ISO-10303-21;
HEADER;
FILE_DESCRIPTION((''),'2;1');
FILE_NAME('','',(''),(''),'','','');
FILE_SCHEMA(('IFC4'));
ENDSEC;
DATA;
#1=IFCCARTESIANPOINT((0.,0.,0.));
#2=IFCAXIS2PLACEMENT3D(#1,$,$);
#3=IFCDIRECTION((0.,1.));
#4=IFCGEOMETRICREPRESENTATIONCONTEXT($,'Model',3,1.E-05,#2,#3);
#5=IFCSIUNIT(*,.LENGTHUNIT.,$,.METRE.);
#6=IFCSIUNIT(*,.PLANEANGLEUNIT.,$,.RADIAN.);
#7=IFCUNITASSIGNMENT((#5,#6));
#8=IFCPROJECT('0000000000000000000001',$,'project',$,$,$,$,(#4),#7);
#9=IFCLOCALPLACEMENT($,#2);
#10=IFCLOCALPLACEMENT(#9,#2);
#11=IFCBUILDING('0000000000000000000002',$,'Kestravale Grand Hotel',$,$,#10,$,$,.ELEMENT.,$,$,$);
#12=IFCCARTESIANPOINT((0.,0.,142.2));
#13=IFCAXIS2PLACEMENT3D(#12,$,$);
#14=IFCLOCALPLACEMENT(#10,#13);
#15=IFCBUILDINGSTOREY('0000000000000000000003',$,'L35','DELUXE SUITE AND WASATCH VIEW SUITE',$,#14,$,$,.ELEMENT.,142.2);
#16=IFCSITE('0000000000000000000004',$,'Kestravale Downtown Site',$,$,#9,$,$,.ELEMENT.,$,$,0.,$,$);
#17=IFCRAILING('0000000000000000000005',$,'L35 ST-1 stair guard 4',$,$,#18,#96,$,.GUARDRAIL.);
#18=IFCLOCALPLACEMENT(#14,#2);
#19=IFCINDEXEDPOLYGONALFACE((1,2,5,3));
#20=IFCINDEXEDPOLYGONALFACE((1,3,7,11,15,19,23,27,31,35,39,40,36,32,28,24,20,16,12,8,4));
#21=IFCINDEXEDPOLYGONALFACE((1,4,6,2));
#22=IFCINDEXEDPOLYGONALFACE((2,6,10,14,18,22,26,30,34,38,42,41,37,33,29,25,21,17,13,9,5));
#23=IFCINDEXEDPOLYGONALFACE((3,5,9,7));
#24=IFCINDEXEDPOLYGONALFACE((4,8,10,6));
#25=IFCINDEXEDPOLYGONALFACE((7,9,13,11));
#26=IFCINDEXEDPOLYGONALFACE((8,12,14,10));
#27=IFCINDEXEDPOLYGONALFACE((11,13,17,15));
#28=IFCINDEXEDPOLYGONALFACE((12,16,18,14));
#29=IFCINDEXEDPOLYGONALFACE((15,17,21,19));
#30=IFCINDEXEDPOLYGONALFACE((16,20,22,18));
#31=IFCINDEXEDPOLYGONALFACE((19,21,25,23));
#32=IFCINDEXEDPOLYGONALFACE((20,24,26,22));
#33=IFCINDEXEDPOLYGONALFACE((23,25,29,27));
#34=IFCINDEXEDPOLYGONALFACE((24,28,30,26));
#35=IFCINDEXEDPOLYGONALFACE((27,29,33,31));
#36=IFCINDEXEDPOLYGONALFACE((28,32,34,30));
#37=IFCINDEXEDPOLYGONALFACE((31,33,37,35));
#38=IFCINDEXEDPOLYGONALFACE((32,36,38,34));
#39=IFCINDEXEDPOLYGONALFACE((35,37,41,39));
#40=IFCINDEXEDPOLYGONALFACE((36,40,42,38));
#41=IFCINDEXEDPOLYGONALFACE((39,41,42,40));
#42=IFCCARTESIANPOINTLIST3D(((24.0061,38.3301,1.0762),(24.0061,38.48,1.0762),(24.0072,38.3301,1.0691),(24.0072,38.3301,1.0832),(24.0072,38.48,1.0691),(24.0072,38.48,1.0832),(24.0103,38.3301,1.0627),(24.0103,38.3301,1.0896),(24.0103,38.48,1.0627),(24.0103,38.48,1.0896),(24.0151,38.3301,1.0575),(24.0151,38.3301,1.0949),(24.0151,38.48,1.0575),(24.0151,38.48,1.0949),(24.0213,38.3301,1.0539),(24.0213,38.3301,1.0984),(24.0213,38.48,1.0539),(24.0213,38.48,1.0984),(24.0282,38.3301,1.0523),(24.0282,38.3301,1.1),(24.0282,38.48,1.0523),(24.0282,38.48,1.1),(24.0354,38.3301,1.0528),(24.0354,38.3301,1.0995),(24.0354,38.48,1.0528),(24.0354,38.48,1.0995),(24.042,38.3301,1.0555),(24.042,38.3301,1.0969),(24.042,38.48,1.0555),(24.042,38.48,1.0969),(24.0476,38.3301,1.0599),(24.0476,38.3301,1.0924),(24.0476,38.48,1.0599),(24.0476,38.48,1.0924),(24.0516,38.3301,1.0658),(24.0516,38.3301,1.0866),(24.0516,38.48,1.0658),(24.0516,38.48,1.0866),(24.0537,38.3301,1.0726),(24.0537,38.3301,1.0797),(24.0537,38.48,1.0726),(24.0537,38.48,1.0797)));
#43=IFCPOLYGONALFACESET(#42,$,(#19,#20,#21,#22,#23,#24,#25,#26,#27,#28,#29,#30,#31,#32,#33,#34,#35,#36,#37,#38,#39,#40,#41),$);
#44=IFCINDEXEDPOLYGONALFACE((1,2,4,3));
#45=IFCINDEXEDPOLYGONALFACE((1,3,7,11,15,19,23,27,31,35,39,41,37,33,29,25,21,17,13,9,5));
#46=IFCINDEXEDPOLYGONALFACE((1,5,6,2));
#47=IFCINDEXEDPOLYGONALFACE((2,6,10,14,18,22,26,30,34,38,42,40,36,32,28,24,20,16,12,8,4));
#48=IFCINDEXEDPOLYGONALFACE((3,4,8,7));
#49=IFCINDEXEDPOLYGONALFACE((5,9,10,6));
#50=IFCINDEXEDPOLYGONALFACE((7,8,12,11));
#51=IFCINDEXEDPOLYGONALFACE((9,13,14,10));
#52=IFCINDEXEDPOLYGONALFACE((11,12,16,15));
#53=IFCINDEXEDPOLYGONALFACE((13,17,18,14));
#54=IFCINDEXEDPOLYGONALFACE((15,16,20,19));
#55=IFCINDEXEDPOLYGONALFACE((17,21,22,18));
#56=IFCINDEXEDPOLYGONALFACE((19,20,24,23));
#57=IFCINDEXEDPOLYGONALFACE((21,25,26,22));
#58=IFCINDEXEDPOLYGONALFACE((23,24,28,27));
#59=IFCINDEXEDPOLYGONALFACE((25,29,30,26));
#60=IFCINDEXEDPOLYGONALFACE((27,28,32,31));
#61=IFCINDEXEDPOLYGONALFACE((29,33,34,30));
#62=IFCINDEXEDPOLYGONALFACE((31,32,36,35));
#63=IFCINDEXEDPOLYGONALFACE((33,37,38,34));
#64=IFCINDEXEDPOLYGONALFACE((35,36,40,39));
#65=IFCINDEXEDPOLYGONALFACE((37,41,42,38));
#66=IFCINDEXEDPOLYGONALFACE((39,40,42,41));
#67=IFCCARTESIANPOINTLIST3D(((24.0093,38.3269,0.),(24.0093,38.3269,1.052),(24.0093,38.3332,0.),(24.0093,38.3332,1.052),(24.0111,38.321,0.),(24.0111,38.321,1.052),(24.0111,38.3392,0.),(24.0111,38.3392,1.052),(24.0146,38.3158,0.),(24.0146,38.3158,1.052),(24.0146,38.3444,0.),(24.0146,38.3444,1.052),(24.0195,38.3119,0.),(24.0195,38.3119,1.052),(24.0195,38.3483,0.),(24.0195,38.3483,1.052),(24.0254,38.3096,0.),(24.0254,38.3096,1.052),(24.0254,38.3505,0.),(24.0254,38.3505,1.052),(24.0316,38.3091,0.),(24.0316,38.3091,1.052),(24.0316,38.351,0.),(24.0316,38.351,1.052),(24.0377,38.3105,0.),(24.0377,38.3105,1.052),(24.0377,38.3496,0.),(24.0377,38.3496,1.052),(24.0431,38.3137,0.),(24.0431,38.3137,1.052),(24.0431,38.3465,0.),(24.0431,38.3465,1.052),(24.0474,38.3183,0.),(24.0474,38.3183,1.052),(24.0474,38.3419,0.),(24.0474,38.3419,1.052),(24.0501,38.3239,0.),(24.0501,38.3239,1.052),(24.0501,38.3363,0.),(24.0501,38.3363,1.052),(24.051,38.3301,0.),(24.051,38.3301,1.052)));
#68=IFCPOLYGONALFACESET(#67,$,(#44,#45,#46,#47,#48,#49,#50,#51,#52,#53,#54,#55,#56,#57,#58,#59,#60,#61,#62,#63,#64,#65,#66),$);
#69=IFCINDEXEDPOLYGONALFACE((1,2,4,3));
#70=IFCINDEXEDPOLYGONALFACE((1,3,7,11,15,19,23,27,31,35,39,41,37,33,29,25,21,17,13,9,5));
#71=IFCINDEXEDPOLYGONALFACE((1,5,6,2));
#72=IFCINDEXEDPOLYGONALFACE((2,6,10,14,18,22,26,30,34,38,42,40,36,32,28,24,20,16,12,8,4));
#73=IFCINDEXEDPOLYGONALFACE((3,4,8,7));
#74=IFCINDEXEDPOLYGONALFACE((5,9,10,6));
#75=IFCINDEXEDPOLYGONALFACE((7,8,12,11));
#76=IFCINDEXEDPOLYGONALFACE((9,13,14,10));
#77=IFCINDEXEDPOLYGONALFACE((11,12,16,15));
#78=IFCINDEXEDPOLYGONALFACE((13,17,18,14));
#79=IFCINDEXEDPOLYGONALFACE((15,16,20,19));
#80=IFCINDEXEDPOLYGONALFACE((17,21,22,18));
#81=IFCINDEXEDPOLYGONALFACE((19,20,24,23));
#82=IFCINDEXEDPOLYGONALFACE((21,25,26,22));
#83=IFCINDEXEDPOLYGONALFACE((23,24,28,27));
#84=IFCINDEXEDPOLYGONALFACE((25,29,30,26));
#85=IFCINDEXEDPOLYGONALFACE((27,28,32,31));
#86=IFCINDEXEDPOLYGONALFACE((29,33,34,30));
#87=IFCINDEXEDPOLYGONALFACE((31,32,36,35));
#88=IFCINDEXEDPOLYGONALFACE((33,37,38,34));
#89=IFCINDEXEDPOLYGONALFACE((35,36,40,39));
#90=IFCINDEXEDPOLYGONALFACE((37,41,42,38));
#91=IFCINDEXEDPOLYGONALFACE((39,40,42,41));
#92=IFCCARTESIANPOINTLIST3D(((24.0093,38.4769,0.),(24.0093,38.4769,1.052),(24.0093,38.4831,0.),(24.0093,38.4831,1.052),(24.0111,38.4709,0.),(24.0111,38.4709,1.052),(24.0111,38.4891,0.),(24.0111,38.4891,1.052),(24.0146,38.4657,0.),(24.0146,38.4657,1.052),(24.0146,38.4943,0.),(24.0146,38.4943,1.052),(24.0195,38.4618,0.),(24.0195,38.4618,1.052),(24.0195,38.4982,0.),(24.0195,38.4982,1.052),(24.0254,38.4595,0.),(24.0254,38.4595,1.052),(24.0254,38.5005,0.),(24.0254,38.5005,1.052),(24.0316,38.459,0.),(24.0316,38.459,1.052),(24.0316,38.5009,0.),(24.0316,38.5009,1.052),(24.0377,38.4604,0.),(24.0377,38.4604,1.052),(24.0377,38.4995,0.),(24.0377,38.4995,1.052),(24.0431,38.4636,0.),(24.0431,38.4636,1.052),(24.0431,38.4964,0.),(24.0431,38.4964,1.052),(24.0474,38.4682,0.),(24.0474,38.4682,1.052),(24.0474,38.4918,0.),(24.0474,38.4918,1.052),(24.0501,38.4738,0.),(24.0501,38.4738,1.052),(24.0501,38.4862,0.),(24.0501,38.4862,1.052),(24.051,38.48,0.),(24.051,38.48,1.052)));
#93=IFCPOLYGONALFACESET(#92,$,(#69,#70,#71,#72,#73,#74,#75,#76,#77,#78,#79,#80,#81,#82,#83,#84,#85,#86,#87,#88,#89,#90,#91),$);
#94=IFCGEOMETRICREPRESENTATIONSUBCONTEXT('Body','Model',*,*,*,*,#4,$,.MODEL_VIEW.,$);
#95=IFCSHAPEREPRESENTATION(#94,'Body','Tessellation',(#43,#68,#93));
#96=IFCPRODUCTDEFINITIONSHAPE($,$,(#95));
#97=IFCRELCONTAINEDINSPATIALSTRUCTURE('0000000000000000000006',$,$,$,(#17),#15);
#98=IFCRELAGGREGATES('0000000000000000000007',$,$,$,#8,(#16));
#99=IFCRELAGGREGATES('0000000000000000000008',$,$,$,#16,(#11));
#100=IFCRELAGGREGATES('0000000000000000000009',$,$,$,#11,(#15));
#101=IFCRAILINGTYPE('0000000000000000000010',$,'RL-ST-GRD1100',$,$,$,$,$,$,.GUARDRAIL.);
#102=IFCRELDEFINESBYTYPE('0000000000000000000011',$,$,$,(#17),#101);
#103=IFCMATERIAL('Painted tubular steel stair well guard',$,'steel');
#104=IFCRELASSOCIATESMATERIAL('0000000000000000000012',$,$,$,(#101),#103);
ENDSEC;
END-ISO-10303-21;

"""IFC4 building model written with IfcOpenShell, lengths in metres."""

from ifc_helpers import new_model, si_unit, direction, frame, origin, origin_2d, place, context, subcontext, project, spatial, circle, extrude, material, type_object, element, save


model = new_model("IFC4")

# Units and contexts
model_context = context("Model", 3, precision=1e-05, world=origin(), true_north=direction((0.0, 1.0)))
body_context = subcontext(model_context, "Body", "Model", "MODEL_VIEW")
ifc_project = project(units=[si_unit("LENGTHUNIT", "METRE"), si_unit("PLANEANGLEUNIT", "RADIAN")], contexts=[model_context])

# Site, building, storey
site_placement = place(None, origin())
site = spatial("IfcSite", under=ifc_project, at=site_placement, Name="Kestravale Downtown Site", CompositionType="ELEMENT", RefElevation=0.0)
building_placement = place(site_placement, origin())
building = spatial("IfcBuilding", under=site, at=building_placement, Name="Kestravale Grand Hotel", CompositionType="ELEMENT")
storey_placement = place(building_placement, frame((0.0, 0.0, 142.2)))
storey = spatial("IfcBuildingStorey", under=building, at=storey_placement, Name="L35", Description="DELUXE SUITE AND WASATCH VIEW SUITE", CompositionType="ELEMENT", Elevation=142.2)

# Railing
ifc_material_1 = material(Name="Painted tubular steel stair well guard", Category="steel")
railing_type_1 = type_object("IfcRailingType", Name="RL-ST-GRD1100", PredefinedType="GUARDRAIL", material=ifc_material_1)
railing_1_placement = place(storey_placement, frame((24.03, 38.3301, 0.0)))
element("IfcRailing", 1, at=railing_1_placement, inside=storey, type_object=railing_type_1, Name="L35 ST-1 stair guard 4", PredefinedType="GUARDRAIL", context=body_context, shape_type="SweptSolid", body=[
    extrude(circle(Radius=0.0239, at=origin_2d()), frame((0.0, 0.0, 1.0762), z_axis=(0.0, 1.0, 0.0), x_axis=(-1.0, 0.0, 0.0)), (0.0, 0.0, 1.0), 0.1499),
    extrude(circle(Radius=0.021, at=origin_2d()), origin(), (0.0, 0.0, 1.0), 1.052),
    extrude(circle(Radius=0.021, at=origin_2d()), frame((0.0, 0.1499, 0.0)), (0.0, 0.0, 1.0), 1.052),
])

save(model, "model.ifc")
